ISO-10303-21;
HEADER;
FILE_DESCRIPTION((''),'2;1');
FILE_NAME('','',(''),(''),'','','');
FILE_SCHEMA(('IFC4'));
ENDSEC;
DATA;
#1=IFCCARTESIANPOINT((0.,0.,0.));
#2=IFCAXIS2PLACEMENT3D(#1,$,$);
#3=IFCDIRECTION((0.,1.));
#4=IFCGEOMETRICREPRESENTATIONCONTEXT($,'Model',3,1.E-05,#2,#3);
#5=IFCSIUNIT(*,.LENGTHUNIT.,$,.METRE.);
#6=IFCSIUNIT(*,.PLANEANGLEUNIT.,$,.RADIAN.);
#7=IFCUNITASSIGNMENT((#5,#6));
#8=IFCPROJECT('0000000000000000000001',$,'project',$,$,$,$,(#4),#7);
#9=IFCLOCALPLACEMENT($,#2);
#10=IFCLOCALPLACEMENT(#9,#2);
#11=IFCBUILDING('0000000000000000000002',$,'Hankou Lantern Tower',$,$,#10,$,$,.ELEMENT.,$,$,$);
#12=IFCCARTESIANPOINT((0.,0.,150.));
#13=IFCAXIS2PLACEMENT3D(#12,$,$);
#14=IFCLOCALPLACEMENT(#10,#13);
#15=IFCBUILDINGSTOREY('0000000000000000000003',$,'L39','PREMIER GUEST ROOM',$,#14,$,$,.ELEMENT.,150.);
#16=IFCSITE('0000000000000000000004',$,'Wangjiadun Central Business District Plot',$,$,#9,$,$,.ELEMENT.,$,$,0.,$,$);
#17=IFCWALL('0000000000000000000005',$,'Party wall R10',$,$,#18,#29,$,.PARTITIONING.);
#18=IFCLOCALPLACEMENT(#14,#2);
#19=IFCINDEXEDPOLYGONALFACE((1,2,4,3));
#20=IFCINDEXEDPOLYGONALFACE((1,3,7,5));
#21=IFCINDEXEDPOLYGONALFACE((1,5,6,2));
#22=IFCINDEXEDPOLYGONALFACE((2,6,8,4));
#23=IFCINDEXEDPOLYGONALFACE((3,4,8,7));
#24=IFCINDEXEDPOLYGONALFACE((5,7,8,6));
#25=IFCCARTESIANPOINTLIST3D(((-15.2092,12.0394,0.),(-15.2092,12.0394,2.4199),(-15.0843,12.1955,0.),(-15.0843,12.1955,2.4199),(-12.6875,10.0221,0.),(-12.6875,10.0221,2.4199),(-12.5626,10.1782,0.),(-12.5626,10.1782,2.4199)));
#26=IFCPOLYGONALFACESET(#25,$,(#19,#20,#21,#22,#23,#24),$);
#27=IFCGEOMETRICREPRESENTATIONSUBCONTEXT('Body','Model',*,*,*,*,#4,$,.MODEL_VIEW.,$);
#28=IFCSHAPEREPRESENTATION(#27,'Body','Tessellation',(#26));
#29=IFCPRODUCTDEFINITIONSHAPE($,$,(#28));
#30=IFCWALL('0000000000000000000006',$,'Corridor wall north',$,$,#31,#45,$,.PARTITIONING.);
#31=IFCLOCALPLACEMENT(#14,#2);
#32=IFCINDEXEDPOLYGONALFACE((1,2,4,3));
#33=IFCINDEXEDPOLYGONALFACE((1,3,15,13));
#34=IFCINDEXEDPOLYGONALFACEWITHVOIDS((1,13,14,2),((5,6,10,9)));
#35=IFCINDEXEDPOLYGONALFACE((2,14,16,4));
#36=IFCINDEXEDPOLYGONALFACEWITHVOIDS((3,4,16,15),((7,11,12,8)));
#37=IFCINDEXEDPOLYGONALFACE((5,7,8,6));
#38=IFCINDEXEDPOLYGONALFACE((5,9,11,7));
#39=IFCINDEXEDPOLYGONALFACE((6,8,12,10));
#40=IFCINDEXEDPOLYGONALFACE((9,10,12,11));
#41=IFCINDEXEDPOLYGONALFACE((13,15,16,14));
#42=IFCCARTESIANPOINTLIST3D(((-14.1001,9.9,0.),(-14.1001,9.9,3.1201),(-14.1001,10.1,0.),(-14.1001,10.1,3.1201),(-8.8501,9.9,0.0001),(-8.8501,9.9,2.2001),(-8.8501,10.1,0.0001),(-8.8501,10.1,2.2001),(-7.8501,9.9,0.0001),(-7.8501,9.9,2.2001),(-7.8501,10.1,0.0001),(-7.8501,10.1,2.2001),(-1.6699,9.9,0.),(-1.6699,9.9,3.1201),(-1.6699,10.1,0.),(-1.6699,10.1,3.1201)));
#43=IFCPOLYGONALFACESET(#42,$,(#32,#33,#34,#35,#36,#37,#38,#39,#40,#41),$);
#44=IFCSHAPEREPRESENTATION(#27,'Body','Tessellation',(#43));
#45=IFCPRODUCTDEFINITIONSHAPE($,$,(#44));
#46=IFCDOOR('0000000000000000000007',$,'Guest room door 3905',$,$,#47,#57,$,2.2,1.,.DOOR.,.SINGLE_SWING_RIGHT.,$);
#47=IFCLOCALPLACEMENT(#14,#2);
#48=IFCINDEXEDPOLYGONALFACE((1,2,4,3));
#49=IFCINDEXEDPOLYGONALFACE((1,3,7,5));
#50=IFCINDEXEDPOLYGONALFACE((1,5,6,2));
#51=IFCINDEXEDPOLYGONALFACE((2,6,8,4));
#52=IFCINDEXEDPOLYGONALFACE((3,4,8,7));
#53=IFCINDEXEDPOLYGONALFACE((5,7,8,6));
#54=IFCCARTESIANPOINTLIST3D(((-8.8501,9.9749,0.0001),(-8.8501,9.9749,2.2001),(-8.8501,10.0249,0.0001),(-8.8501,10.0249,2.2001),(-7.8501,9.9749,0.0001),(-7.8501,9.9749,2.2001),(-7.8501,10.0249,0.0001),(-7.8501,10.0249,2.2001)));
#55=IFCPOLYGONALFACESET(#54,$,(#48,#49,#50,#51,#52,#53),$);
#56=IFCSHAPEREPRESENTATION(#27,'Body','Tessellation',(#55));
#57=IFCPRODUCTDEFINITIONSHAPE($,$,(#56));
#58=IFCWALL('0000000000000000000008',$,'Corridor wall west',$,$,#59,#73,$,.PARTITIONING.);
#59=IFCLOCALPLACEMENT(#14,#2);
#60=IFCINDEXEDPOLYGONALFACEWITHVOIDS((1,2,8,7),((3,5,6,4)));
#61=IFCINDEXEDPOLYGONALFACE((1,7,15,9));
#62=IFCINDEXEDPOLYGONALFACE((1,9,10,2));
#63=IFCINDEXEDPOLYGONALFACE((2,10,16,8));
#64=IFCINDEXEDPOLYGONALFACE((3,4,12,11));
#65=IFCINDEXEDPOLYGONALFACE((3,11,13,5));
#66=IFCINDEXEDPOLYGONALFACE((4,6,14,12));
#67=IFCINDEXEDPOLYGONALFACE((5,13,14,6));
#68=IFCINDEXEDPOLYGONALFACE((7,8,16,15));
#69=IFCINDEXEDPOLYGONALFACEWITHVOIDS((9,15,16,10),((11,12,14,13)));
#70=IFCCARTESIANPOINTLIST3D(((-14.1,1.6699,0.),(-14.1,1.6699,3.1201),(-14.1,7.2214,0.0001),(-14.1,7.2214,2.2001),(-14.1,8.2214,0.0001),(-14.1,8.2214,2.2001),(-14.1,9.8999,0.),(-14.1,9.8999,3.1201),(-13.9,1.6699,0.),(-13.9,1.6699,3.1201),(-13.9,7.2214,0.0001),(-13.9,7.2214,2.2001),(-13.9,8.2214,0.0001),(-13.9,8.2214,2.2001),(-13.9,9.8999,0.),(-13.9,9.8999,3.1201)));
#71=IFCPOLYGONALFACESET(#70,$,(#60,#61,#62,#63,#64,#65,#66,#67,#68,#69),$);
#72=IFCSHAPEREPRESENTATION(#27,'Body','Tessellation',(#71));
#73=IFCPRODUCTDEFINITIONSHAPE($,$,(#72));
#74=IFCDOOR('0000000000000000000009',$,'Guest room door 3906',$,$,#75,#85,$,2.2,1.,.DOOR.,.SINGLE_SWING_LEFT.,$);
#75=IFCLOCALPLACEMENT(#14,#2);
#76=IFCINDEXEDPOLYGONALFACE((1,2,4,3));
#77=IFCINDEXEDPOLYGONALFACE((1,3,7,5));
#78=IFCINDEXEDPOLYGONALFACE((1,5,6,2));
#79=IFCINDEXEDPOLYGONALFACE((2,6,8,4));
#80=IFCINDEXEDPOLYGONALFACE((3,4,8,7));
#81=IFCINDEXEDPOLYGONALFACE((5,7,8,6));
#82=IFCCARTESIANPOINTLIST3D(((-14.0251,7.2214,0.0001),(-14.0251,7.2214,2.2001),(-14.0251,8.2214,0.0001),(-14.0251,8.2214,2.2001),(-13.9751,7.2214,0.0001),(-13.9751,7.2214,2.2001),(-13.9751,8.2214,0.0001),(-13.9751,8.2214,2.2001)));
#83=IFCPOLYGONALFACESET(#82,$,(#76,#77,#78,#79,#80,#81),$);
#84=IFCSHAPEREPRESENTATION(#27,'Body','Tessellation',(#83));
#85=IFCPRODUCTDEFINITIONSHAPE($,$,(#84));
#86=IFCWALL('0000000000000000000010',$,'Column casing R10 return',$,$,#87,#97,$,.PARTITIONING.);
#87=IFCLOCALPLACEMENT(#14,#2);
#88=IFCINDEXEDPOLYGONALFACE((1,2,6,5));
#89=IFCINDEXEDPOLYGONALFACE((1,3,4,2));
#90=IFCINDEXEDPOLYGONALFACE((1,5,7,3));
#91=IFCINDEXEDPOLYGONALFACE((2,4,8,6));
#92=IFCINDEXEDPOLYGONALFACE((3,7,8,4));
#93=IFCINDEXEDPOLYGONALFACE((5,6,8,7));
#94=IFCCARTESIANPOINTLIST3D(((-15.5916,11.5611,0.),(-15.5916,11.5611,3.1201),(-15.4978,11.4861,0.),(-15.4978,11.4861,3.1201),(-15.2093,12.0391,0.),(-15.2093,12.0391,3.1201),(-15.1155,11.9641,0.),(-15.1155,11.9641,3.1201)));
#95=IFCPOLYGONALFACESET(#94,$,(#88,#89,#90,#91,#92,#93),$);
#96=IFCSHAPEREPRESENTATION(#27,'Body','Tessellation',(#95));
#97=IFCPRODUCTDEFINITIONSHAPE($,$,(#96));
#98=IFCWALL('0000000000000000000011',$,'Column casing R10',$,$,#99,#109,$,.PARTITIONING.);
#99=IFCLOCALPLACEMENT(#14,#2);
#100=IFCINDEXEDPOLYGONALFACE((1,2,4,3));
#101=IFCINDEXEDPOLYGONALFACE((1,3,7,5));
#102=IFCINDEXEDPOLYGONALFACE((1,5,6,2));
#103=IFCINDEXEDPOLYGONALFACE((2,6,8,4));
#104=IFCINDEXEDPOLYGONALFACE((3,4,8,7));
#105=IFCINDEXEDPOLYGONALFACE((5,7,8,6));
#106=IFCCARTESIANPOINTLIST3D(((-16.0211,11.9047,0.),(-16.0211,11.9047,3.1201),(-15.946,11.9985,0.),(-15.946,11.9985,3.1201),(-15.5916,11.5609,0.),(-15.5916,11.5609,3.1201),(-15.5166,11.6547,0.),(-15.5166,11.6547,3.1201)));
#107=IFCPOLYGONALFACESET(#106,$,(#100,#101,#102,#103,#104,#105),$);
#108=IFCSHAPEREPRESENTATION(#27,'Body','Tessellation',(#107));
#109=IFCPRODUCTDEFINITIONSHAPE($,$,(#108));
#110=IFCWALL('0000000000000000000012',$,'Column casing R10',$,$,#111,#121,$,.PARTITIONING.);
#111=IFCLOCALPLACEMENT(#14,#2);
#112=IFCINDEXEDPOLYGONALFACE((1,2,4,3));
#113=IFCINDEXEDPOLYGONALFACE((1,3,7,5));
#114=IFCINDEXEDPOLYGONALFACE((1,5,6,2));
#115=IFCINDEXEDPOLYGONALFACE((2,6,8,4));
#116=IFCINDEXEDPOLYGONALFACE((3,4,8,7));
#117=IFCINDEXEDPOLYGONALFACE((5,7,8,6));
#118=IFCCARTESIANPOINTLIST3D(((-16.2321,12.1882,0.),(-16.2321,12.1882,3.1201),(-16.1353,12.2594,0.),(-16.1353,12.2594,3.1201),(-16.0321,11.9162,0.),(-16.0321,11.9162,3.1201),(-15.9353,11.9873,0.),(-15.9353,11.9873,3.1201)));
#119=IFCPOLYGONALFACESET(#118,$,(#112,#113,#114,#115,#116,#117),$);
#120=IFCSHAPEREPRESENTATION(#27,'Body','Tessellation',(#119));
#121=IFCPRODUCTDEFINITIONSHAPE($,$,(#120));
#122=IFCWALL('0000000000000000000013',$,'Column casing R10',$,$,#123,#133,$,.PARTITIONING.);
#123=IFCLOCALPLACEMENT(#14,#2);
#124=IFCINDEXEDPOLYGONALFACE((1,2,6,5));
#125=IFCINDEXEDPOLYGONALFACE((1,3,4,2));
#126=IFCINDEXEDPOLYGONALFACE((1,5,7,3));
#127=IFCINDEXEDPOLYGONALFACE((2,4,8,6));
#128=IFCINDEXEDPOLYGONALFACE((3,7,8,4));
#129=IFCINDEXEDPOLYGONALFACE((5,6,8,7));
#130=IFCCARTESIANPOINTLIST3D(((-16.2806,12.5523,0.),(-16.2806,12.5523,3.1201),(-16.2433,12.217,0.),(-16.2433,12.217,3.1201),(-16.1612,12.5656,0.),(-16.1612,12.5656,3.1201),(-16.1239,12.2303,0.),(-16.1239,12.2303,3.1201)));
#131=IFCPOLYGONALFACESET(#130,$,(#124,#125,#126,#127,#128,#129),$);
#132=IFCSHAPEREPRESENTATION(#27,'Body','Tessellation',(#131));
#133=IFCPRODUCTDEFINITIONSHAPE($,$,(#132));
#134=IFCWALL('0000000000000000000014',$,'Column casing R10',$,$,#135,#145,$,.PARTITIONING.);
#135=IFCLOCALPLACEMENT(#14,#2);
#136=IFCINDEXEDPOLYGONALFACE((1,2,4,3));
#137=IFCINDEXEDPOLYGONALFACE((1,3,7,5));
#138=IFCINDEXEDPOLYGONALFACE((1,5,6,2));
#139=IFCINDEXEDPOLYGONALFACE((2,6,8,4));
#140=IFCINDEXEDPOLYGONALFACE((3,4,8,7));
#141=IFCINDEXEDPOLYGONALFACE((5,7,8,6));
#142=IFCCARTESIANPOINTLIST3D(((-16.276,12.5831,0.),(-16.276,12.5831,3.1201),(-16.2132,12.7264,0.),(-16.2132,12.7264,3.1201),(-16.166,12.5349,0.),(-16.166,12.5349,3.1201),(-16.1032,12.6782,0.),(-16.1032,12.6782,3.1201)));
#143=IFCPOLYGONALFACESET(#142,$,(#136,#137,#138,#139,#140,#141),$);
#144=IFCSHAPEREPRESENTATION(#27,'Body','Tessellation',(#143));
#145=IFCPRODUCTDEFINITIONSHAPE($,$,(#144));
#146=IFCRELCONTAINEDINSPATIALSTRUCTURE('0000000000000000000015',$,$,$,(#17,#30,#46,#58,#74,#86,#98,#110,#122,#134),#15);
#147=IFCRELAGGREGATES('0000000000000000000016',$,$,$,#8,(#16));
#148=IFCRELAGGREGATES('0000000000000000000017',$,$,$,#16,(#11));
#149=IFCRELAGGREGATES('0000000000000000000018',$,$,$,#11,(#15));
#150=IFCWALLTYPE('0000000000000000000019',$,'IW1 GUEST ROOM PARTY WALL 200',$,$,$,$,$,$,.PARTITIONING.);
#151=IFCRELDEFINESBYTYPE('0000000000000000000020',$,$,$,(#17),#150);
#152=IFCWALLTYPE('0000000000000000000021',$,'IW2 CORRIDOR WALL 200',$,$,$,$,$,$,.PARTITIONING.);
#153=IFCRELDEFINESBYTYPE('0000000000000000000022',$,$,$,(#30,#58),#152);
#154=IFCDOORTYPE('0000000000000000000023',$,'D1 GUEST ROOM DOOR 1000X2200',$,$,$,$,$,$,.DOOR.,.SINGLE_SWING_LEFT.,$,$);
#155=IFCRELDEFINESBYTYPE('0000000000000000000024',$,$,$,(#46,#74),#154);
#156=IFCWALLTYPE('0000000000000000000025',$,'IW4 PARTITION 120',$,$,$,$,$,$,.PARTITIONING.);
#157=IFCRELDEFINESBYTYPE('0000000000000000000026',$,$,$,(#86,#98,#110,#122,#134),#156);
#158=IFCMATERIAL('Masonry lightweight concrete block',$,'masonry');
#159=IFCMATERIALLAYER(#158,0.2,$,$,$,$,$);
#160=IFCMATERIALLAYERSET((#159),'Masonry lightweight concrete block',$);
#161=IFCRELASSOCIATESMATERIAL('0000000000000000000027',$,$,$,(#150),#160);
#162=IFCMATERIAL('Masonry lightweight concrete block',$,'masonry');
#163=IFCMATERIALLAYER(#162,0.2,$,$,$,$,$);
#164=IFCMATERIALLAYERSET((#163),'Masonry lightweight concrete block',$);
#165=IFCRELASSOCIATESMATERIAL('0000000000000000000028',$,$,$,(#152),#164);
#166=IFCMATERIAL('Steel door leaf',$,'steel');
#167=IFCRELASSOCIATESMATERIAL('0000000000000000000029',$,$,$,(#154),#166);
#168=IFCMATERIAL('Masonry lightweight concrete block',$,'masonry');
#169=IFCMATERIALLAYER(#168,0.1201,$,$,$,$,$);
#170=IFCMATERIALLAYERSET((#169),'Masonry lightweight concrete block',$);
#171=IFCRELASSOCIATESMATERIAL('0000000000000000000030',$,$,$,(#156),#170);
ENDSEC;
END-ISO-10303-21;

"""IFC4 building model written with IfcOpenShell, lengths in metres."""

from ifc_helpers import new_model, si_unit, direction, frame, frame_2d, origin, place, context, subcontext, project, spatial, rectangle, extrude, material, layer, layer_set, type_object, element, fill, save


model = new_model("IFC4")

# Units and contexts
model_context = context("Model", 3, precision=1e-05, world=origin(), true_north=direction((0.0, 1.0)))
body_context = subcontext(model_context, "Body", "Model", "MODEL_VIEW")
ifc_project = project(units=[si_unit("LENGTHUNIT", "METRE"), si_unit("PLANEANGLEUNIT", "RADIAN")], contexts=[model_context])

# Site, building, storey
site_placement = place(None, origin())
site = spatial("IfcSite", under=ifc_project, at=site_placement, Name="Wangjiadun Central Business District Plot", CompositionType="ELEMENT", RefElevation=0.0)
building_placement = place(site_placement, origin())
building = spatial("IfcBuilding", under=site, at=building_placement, Name="Hankou Lantern Tower", CompositionType="ELEMENT")
storey_placement = place(building_placement, frame((0.0, 0.0, 150.0)))
storey = spatial("IfcBuildingStorey", under=building, at=storey_placement, Name="L39", Description="PREMIER GUEST ROOM", CompositionType="ELEMENT", Elevation=150.0)

# Wall
ifc_material_1 = material(Name="Masonry lightweight concrete block", Category="masonry")
ifc_layer_1 = layer(ifc_material_1, 0.2)
ifc_layer_set_1 = layer_set([ifc_layer_1], Name="Masonry lightweight concrete block")
wall_type_1 = type_object("IfcWallType", Name="IW1 GUEST ROOM PARTY WALL 200", PredefinedType="PARTITIONING", material=ifc_layer_set_1)
wall_1_placement = place(storey_placement, frame((-12.625, 10.1001, 0.0), z_axis=(0.0, 0.0, 1.0), x_axis=(-0.780876, 0.624686, 0.0)))
element("IfcWall", 1, at=wall_1_placement, inside=storey, type_object=wall_type_1, Name="Party wall R10", PredefinedType="PARTITIONING", context=body_context, shape_type="SweptSolid", body=[
    extrude(rectangle(XDim=3.2292, YDim=0.2, at=frame_2d((1.6147, 0.0))), origin(), (0.0, 0.0, 1.0), 2.4199),
])

# Walls, openings, doors
ifc_material_2 = material(Name="Masonry lightweight concrete block", Category="masonry")
ifc_layer_2 = layer(ifc_material_2, 0.2)
ifc_layer_set_2 = layer_set([ifc_layer_2], Name="Masonry lightweight concrete block")
wall_type_2 = type_object("IfcWallType", Name="IW2 CORRIDOR WALL 200", PredefinedType="PARTITIONING", material=ifc_layer_set_2)
wall_2_placement = place(storey_placement, frame((-14.1001, 10.0, 0.0), z_axis=(0.0, 0.0, 1.0), x_axis=(1.0, 0.0, 0.0)))
wall_2 = element("IfcWall", 2, at=wall_2_placement, inside=storey, type_object=wall_type_2, Name="Corridor wall north", PredefinedType="PARTITIONING", context=body_context, shape_type="SweptSolid", body=[
    extrude(rectangle(XDim=12.4302, YDim=0.2, at=frame_2d((6.2151, 0.0))), origin(), (0.0, 0.0, 1.0), 3.1201),
])
opening_1_placement = place(wall_2_placement, frame((5.25, 0.0, 0.0)))
opening_1 = element("IfcOpeningElement", 3, at=opening_1_placement, cuts=wall_2, PredefinedType="OPENING", context=body_context, shape_type="SweptSolid", body=[
    extrude(rectangle(XDim=1.0, YDim=2.2, at=frame_2d((0.5, 1.1001))), frame((0.0, 0.1099, 0.0), z_axis=(0.0, -1.0, 0.0), x_axis=(1.0, 0.0, 0.0)), (0.0, 0.0, 1.0), 0.22),
])
ifc_material_3 = material(Name="Steel door leaf", Category="steel")
door_type = type_object("IfcDoorType", Name="D1 GUEST ROOM DOOR 1000X2200", OperationType="SINGLE_SWING_LEFT", PredefinedType="DOOR", material=ifc_material_3)
door_1_placement = place(opening_1_placement, origin())
door_1 = element("IfcDoor", 4, at=door_1_placement, inside=storey, type_object=door_type, Name="Guest room door 3905", OperationType="SINGLE_SWING_RIGHT", OverallHeight=2.2, OverallWidth=1.0, PredefinedType="DOOR", context=body_context, shape_type="SweptSolid", body=[
    extrude(rectangle(XDim=1.0, YDim=2.2, at=frame_2d((0.5, 1.1001))), frame((0.0, 0.0249, 0.0), z_axis=(0.0, -1.0, 0.0), x_axis=(1.0, 0.0, 0.0)), (0.0, 0.0, 1.0), 0.05),
])
fill(opening_1, door_1)
wall_3_placement = place(storey_placement, frame((-14.0, 9.8999, 0.0), z_axis=(0.0, 0.0, 1.0), x_axis=(0.0, -1.0, 0.0)))
wall_3 = element("IfcWall", 5, at=wall_3_placement, inside=storey, type_object=wall_type_2, Name="Corridor wall west", PredefinedType="PARTITIONING", context=body_context, shape_type="SweptSolid", body=[
    extrude(rectangle(XDim=8.23, YDim=0.2, at=frame_2d((4.115, 0.0))), origin(), (0.0, 0.0, 1.0), 3.1201),
])
opening_2_placement = place(wall_3_placement, frame((1.6785, 0.0, 0.0)))
opening_2 = element("IfcOpeningElement", 6, at=opening_2_placement, cuts=wall_3, PredefinedType="OPENING", context=body_context, shape_type="SweptSolid", body=[
    extrude(rectangle(XDim=1.0, YDim=2.2, at=frame_2d((0.5, 1.1001))), frame((0.0, 0.1099, 0.0), z_axis=(0.0, -1.0, 0.0), x_axis=(1.0, 0.0, 0.0)), (0.0, 0.0, 1.0), 0.22),
])
door_2_placement = place(opening_2_placement, origin())
door_2 = element("IfcDoor", 7, at=door_2_placement, inside=storey, type_object=door_type, Name="Guest room door 3906", OperationType="SINGLE_SWING_LEFT", OverallHeight=2.2, OverallWidth=1.0, PredefinedType="DOOR", context=body_context, shape_type="SweptSolid", body=[
    extrude(rectangle(XDim=1.0, YDim=2.2, at=frame_2d((0.5, 1.1001))), frame((0.0, 0.0249, 0.0), z_axis=(0.0, -1.0, 0.0), x_axis=(1.0, 0.0, 0.0)), (0.0, 0.0, 1.0), 0.05),
])
fill(opening_2, door_2)

# Walls
ifc_material_4 = material(Name="Masonry lightweight concrete block", Category="masonry")
ifc_layer_3 = layer(ifc_material_4, 0.1201)
ifc_layer_set_3 = layer_set([ifc_layer_3], Name="Masonry lightweight concrete block")
wall_type_3 = type_object("IfcWallType", Name="IW4 PARTITION 120", PredefinedType="PARTITIONING", material=ifc_layer_set_3)
wall_4_placement = place(storey_placement, frame((-15.1624, 12.0017, 0.0), z_axis=(0.0, 0.0, 1.0), x_axis=(-0.624598, -0.780947, 0.0)))
element("IfcWall", 8, at=wall_4_placement, inside=storey, type_object=wall_type_3, Name="Column casing R10 return", PredefinedType="PARTITIONING", context=body_context, shape_type="SweptSolid", body=[
    extrude(rectangle(XDim=0.6121, YDim=0.1201, at=frame_2d((0.3062, 0.0))), origin(), (0.0, 0.0, 1.0), 3.1201),
])
wall_5_placement = place(storey_placement, frame((-15.5542, 11.6079, 0.0), z_axis=(0.0, 0.0, 1.0), x_axis=(-0.780696, 0.624912, 0.0)))
element("IfcWall", 9, at=wall_5_placement, inside=storey, type_object=wall_type_3, Name="Column casing R10", PredefinedType="PARTITIONING", context=body_context, shape_type="SweptSolid", body=[
    extrude(rectangle(XDim=0.55, YDim=0.1201, at=frame_2d((0.2749, 0.0))), origin(), (0.0, 0.0, 1.0), 3.1201),
])
wall_6_placement = place(storey_placement, frame((-15.9836, 11.9517, 0.0), z_axis=(0.0, 0.0, 1.0), x_axis=(-0.592335, 0.805692, 0.0)))
element("IfcWall", 10, at=wall_6_placement, inside=storey, type_object=wall_type_3, Name="Column casing R10", PredefinedType="PARTITIONING", context=body_context, shape_type="SweptSolid", body=[
    extrude(rectangle(XDim=0.3376, YDim=0.1201, at=frame_2d((0.1689, 0.0))), origin(), (0.0, 0.0, 1.0), 3.1201),
])
wall_7_placement = place(storey_placement, frame((-16.1836, 12.2236, 0.0), z_axis=(0.0, 0.0, 1.0), x_axis=(-0.11067, 0.993857, 0.0)))
element("IfcWall", 11, at=wall_7_placement, inside=storey, type_object=wall_type_3, Name="Column casing R10", PredefinedType="PARTITIONING", context=body_context, shape_type="SweptSolid", body=[
    extrude(rectangle(XDim=0.3374, YDim=0.1201, at=frame_2d((0.1687, 0.0))), origin(), (0.0, 0.0, 1.0), 3.1201),
])
wall_8_placement = place(storey_placement, frame((-16.2209, 12.5591, 0.0), z_axis=(0.0, 0.0, 1.0), x_axis=(0.401064, 0.91605, 0.0)))
element("IfcWall", 12, at=wall_8_placement, inside=storey, type_object=wall_type_3, Name="Column casing R10", PredefinedType="PARTITIONING", context=body_context, shape_type="SweptSolid", body=[
    extrude(rectangle(XDim=0.1565, YDim=0.1201, at=frame_2d((0.0781, 0.0))), origin(), (0.0, 0.0, 1.0), 3.1201),
])

save(model, "model.ifc")
